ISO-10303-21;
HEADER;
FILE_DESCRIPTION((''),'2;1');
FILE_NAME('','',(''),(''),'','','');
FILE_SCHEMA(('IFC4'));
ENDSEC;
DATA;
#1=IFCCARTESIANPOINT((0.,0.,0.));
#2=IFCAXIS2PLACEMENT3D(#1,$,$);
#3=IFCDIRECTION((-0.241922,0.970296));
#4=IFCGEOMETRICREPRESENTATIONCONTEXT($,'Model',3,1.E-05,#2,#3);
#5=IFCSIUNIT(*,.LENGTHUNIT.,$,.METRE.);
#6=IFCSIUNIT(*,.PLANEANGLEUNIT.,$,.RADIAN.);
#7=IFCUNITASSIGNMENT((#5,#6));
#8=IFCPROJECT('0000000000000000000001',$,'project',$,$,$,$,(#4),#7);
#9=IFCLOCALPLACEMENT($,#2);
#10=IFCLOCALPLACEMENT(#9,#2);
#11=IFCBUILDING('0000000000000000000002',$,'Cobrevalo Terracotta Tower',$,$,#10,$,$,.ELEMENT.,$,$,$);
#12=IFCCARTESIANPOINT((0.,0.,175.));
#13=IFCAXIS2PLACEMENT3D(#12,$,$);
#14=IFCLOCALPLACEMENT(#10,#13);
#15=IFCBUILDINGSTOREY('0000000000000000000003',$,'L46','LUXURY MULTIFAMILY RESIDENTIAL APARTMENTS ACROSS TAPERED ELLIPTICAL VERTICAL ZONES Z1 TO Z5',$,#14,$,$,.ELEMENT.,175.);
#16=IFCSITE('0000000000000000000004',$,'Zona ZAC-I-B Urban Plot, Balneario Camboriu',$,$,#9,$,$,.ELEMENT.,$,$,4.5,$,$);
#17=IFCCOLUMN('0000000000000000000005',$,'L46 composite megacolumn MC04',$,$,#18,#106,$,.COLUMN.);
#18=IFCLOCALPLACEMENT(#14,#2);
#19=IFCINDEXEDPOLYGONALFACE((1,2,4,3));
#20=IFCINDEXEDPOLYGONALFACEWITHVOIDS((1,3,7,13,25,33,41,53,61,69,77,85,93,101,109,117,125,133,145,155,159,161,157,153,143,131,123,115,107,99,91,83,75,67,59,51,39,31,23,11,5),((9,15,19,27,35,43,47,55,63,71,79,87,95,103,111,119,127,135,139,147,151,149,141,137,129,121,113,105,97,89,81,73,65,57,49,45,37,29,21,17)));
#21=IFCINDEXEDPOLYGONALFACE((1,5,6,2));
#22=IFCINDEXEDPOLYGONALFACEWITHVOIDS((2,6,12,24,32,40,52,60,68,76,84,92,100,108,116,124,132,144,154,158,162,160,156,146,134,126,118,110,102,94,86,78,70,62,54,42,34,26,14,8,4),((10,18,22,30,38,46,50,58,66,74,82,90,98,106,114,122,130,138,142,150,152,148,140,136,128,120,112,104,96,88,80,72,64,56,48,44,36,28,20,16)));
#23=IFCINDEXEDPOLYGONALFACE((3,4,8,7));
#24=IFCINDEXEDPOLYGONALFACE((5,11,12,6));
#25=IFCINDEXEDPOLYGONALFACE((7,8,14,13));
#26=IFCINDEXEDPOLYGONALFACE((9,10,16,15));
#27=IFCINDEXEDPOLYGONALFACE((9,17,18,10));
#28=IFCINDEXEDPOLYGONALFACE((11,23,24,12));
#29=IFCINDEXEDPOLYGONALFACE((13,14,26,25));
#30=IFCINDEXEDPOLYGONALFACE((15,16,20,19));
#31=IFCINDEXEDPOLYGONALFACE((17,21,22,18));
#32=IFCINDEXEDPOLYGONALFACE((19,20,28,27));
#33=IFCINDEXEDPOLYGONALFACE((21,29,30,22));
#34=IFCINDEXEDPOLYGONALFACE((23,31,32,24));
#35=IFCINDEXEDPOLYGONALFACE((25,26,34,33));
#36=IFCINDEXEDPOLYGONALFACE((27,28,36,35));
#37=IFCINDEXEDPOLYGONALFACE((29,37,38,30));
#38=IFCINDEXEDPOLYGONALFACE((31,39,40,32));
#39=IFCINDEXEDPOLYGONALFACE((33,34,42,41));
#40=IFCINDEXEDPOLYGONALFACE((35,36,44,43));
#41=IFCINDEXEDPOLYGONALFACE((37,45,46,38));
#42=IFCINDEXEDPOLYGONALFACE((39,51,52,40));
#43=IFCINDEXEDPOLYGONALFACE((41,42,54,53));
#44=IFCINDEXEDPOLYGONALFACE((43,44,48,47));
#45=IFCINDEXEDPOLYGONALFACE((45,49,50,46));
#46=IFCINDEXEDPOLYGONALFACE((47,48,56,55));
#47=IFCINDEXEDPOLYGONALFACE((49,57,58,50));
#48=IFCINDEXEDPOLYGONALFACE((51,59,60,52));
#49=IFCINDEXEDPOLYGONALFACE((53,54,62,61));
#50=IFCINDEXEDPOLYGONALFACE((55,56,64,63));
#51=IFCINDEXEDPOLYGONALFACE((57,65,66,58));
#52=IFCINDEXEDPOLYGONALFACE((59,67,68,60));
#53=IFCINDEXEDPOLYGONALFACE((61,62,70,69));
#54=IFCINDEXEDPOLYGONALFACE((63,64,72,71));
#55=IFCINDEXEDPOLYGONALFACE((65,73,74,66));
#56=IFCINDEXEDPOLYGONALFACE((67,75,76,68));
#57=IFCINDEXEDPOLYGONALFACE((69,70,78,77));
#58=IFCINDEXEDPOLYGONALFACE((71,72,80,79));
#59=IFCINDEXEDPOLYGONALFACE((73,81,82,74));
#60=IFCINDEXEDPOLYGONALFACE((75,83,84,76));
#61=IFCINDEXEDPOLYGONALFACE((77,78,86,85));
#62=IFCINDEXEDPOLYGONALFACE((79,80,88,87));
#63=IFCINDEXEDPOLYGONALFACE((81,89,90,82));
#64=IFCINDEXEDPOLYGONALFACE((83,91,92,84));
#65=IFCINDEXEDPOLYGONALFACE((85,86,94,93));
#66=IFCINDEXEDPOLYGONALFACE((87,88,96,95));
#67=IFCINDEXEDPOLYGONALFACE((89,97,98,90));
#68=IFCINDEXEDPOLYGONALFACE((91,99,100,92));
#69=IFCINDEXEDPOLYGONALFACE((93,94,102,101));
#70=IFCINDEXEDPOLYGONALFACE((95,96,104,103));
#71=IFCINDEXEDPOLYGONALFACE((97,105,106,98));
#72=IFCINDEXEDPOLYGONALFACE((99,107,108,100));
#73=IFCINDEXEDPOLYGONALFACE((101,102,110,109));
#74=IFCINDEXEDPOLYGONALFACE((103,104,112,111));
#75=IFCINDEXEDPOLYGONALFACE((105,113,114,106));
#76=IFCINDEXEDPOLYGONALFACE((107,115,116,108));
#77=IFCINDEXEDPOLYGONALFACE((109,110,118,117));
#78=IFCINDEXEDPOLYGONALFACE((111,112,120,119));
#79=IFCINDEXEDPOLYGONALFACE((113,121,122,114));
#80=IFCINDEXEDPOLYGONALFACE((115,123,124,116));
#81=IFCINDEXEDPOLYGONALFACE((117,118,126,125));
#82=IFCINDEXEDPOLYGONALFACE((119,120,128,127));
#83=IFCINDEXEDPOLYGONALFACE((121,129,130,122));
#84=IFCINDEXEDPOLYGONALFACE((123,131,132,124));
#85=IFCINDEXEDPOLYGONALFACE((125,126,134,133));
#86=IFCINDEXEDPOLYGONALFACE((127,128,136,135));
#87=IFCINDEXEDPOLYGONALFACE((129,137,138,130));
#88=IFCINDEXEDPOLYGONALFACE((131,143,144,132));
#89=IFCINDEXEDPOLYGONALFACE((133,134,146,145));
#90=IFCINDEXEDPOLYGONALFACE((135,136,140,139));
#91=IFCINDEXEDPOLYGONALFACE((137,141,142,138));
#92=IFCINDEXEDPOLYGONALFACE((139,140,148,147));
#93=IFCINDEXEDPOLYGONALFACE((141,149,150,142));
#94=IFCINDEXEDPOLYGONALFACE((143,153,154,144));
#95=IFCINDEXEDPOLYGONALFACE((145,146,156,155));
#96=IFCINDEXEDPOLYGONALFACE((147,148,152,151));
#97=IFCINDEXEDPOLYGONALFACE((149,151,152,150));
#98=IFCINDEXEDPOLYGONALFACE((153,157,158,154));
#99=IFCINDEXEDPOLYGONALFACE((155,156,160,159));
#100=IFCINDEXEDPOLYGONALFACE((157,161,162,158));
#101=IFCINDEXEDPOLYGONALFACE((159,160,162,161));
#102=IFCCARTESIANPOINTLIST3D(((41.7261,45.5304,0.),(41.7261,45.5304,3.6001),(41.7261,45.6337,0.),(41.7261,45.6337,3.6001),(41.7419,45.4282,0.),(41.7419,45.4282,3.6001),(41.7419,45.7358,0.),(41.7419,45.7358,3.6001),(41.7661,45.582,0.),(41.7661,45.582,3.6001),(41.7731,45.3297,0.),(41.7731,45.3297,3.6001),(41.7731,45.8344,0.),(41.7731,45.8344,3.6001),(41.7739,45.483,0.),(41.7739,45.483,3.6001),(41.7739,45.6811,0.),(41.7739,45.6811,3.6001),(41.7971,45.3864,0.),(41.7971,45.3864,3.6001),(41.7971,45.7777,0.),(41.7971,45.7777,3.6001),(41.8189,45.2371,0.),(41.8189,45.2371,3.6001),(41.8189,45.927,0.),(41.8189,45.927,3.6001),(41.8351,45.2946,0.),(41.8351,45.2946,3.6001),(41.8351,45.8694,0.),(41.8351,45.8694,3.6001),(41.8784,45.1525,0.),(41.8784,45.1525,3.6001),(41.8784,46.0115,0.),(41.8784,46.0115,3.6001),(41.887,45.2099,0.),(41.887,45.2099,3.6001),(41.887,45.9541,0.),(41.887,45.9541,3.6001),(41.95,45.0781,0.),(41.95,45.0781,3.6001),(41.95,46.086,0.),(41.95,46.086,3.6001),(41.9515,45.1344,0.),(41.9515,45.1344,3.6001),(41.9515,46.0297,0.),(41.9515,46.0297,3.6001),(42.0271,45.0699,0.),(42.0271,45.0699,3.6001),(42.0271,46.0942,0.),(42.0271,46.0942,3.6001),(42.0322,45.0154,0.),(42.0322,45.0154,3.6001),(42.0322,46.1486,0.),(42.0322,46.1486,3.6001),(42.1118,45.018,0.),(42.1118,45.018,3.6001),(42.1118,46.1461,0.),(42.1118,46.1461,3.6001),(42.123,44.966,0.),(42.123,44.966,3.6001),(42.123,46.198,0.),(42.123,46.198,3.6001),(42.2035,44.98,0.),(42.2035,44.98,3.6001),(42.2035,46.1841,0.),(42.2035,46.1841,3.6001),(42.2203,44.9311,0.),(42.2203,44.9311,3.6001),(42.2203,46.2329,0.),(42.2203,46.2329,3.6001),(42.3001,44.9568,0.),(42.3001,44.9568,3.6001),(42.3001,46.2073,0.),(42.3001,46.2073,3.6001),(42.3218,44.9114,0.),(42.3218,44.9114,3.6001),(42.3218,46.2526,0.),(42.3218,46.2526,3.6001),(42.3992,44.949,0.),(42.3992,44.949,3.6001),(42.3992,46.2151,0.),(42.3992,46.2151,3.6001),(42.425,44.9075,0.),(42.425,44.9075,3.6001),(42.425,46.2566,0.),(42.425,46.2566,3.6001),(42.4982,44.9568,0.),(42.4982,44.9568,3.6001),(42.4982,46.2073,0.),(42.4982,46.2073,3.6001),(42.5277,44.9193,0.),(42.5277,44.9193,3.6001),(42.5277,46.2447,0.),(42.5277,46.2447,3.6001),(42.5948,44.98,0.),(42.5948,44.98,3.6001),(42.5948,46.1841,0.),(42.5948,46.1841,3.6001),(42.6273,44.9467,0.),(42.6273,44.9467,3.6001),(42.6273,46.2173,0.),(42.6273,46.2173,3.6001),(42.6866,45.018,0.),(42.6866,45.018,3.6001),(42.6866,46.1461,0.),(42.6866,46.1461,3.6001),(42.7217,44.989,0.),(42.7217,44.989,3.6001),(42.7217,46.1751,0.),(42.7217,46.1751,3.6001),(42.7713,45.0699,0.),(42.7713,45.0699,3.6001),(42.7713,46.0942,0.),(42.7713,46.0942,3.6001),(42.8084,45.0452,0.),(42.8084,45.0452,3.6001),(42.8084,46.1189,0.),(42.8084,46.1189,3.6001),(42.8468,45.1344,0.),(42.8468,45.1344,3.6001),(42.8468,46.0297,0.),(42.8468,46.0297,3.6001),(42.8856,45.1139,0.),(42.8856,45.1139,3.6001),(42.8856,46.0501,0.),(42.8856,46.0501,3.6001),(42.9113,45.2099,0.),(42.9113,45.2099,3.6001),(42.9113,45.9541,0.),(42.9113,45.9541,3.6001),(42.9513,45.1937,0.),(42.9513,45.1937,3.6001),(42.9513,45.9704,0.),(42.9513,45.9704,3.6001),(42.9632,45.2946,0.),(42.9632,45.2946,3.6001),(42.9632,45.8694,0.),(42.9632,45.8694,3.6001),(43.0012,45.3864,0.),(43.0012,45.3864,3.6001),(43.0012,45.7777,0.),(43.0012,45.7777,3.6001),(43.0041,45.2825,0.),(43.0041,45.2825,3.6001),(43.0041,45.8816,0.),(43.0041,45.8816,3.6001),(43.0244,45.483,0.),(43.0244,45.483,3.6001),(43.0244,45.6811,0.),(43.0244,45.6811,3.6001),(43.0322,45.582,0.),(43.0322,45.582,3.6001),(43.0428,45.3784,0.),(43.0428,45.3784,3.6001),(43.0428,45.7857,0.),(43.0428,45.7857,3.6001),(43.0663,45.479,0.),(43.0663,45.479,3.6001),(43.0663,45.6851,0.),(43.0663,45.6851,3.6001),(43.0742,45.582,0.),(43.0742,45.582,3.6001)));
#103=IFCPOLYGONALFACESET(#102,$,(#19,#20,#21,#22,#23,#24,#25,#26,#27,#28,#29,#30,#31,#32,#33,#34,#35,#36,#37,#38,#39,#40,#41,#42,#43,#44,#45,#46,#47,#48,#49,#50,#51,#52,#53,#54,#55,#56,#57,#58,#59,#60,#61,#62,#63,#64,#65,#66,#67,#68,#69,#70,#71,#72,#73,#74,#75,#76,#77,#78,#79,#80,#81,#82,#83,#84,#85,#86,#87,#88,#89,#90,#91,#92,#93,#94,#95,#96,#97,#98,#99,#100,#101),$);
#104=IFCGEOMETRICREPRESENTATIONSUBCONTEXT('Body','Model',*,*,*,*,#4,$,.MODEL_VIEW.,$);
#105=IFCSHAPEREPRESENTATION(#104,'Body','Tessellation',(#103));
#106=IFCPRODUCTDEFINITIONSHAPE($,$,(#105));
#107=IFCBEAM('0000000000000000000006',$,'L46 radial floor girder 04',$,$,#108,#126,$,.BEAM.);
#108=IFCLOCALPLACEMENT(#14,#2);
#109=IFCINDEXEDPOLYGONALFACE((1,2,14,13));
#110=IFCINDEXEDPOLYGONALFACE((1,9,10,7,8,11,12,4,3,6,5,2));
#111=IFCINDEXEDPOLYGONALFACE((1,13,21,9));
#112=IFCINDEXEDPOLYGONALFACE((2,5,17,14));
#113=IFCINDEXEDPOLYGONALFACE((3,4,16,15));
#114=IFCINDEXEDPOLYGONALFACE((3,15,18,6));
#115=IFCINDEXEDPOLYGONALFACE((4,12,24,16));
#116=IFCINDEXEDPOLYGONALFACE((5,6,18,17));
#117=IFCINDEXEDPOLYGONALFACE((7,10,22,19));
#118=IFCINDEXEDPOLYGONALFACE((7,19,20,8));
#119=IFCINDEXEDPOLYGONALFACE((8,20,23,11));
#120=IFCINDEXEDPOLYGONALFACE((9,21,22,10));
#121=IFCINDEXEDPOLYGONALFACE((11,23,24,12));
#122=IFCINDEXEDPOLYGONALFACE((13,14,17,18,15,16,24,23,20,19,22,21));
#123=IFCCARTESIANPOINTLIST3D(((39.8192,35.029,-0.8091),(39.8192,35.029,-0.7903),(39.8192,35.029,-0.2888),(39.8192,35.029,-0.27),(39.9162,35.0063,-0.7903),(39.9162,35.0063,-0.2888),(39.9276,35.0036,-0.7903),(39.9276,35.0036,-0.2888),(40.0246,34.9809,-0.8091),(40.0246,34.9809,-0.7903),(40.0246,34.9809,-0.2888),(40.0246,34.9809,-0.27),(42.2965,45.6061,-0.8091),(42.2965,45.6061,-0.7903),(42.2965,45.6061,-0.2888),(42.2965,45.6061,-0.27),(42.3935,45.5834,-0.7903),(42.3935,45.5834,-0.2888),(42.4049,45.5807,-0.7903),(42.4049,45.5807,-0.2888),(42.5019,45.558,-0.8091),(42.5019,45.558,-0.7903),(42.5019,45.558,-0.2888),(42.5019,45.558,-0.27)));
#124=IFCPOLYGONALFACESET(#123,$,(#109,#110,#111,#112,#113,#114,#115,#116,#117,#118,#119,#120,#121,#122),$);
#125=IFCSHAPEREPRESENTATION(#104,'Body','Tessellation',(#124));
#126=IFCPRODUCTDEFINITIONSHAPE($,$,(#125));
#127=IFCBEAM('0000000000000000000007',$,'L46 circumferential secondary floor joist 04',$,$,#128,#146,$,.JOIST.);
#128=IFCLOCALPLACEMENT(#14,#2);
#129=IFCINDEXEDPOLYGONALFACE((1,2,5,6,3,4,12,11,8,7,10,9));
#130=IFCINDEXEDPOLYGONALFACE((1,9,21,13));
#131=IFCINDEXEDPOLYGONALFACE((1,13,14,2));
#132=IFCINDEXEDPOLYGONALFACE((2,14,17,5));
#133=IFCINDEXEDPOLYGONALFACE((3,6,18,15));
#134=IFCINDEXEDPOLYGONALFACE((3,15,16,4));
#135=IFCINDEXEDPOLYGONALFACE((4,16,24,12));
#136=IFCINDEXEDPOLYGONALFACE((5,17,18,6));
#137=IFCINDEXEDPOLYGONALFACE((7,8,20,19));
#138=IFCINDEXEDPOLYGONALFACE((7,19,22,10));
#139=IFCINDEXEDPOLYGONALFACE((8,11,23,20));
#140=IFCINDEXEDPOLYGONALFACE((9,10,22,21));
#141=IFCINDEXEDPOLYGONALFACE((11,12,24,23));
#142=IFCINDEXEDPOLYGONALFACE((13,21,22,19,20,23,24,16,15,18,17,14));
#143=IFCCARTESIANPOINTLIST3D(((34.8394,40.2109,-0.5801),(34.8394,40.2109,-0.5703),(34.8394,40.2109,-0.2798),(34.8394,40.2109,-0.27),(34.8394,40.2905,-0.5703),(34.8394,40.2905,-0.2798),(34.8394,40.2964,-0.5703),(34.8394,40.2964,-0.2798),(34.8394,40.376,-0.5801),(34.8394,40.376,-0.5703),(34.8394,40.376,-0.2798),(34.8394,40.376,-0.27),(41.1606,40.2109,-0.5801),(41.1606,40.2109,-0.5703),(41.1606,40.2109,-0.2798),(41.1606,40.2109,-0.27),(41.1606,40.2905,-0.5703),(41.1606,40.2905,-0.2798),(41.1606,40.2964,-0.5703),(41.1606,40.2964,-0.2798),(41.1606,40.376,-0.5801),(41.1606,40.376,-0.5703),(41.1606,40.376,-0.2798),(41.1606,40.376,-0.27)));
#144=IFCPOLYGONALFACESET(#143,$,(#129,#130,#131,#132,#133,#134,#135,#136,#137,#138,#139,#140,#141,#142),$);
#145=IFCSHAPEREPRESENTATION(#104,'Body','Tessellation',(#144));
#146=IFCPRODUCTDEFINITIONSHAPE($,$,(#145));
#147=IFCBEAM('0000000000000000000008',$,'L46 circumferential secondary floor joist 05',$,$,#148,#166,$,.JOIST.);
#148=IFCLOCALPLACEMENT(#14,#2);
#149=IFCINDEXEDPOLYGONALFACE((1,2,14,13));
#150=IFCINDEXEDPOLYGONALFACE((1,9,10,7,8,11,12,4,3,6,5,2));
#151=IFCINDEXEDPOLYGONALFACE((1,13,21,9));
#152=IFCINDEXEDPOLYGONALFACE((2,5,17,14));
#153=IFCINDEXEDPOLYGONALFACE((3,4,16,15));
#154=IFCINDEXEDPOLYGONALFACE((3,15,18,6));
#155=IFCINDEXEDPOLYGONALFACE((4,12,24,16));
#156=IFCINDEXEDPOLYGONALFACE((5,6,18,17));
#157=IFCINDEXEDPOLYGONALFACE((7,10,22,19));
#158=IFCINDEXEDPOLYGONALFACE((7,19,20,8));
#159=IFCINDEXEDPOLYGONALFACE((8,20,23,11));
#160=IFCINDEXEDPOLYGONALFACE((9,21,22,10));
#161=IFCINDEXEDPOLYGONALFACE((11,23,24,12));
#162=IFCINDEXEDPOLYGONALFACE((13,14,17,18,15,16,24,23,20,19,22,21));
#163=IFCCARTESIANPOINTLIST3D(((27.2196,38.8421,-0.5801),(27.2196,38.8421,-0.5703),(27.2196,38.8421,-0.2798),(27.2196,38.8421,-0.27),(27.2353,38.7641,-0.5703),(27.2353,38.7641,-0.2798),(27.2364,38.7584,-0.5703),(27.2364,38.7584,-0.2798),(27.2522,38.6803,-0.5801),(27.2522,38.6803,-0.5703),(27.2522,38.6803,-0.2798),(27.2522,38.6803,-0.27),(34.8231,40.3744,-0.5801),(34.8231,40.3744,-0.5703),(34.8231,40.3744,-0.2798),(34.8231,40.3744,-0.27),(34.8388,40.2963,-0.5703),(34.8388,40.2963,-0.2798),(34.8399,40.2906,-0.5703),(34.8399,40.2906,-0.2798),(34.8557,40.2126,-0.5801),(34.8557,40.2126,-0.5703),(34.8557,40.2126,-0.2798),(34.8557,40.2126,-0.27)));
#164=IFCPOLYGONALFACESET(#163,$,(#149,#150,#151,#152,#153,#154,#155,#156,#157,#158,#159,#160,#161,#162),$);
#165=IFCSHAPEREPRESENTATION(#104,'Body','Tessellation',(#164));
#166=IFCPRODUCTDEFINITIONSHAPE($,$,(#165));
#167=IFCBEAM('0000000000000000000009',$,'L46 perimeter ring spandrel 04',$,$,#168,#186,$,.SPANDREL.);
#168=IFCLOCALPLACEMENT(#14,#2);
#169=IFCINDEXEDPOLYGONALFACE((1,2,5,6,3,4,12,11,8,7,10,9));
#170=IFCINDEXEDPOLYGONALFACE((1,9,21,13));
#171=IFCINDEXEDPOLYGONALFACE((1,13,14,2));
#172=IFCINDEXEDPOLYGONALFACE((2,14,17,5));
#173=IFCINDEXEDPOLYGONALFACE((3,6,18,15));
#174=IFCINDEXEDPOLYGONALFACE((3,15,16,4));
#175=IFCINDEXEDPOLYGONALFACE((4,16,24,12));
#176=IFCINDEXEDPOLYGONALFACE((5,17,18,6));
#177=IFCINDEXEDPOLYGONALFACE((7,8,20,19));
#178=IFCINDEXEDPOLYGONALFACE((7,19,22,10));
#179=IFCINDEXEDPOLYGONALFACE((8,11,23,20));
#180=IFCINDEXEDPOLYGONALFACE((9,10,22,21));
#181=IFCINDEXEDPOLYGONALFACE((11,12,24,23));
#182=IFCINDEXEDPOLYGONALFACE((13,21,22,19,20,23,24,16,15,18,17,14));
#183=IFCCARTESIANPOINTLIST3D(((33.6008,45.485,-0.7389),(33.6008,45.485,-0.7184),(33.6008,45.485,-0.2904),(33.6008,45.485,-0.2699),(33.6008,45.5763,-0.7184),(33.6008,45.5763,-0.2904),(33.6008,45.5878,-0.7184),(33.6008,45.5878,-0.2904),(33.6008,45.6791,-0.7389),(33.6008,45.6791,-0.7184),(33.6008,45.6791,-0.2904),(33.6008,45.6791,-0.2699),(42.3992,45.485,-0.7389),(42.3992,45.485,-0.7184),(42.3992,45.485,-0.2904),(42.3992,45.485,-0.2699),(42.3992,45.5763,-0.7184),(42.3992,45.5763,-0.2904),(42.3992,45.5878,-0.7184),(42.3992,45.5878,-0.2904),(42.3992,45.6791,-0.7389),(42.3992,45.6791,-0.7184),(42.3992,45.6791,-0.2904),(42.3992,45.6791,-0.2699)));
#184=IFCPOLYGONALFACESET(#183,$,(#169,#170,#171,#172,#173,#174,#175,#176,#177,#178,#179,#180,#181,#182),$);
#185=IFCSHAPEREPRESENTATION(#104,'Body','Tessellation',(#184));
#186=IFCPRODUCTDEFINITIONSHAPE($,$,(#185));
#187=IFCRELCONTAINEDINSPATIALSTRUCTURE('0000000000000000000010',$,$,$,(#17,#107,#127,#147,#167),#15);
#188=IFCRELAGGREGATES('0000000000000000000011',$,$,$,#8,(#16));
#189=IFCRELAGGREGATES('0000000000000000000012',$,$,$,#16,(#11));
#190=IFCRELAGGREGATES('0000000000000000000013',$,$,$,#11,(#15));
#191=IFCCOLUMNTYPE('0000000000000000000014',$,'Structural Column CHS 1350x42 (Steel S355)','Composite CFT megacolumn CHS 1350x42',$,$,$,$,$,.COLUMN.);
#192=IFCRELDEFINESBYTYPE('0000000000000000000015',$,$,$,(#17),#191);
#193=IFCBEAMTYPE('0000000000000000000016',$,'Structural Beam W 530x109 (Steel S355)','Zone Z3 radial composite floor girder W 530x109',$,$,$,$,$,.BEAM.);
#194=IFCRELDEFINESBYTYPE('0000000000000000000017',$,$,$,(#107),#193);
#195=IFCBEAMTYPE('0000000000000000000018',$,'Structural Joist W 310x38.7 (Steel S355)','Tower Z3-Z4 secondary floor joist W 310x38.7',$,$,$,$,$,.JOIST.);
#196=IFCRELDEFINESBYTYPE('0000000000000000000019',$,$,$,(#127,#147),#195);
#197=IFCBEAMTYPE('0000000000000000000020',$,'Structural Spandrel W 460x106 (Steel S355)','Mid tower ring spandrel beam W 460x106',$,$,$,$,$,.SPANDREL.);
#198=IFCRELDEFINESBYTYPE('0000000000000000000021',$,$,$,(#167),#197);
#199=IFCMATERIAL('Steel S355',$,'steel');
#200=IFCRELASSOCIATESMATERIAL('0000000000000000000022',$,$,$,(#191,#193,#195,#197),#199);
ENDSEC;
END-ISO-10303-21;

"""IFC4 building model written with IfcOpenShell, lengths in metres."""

from ifc_helpers import new_model, si_unit, direction, frame, origin, origin_2d, place, context, subcontext, project, spatial, hollow_circle, i_section, extrude, material, material_profile, profile_set, type_object, element, save


model = new_model("IFC4")

# Units and contexts
model_context = context("Model", 3, precision=1e-05, world=origin(), true_north=direction((-0.241922, 0.970296)))
body_context = subcontext(model_context, "Body", "Model", "MODEL_VIEW")
ifc_project = project(units=[si_unit("LENGTHUNIT", "METRE"), si_unit("PLANEANGLEUNIT", "RADIAN")], contexts=[model_context])

# Site, building, storey
site_placement = place(None, origin())
site = spatial("IfcSite", under=ifc_project, at=site_placement, Name="Zona ZAC-I-B Urban Plot, Balneario Camboriu", CompositionType="ELEMENT", RefElevation=4.5)
building_placement = place(site_placement, origin())
building = spatial("IfcBuilding", under=site, at=building_placement, Name="Cobrevalo Terracotta Tower", CompositionType="ELEMENT")
storey_placement = place(building_placement, frame((0.0, 0.0, 175.0)))
storey = spatial("IfcBuildingStorey", under=building, at=storey_placement, Name="L46", Description="LUXURY MULTIFAMILY RESIDENTIAL APARTMENTS ACROSS TAPERED ELLIPTICAL VERTICAL ZONES Z1 TO Z5", CompositionType="ELEMENT", Elevation=175.0)

# Column
ifc_material_1 = material(Name="Steel S355", Category="steel")
ifc_material_profile_1 = material_profile(ifc_material_1, hollow_circle(Radius=0.675, WallThickness=0.042, at=origin_2d()), Name="CHS 1350x42")
ifc_profile_set_1 = profile_set([ifc_material_profile_1], Name="Steel S355")
column_type = type_object("IfcColumnType", Name="Structural Column CHS 1350x42 (Steel S355)", Description="Composite CFT megacolumn CHS 1350x42", PredefinedType="COLUMN", material=ifc_profile_set_1)
column_placement = place(storey_placement, frame((42.3992, 45.582, 0.0), z_axis=(0.0, 0.0, 1.0), x_axis=(1.0, 0.0, 0.0)))
element("IfcColumn", 1, at=column_placement, inside=storey, type_object=column_type, Name="L46 composite megacolumn MC04", PredefinedType="COLUMN", context=body_context, shape_type="SweptSolid", body=[
    extrude(hollow_circle(Radius=0.675, WallThickness=0.042, at=origin_2d()), origin(), (0.0, 0.0, 1.0), 3.6001),
])

# Beams
ifc_material_profile_2 = material_profile(ifc_material_1, i_section(OverallWidth=0.2109, OverallDepth=0.5391, WebThickness=0.0117, FlangeThickness=0.0188, at=origin_2d()), Name="W 530x109")
ifc_profile_set_2 = profile_set([ifc_material_profile_2], Name="Steel S355")
beam_type_1 = type_object("IfcBeamType", Name="Structural Beam W 530x109 (Steel S355)", Description="Zone Z3 radial composite floor girder W 530x109", PredefinedType="BEAM", material=ifc_profile_set_2)
beam_1_placement = place(storey_placement, frame((42.3992, 45.582, -0.5396), z_axis=(-0.228041, -0.973652, 0.0), x_axis=(0.973652, -0.228041, 0.0)))
element("IfcBeam", 2, at=beam_1_placement, inside=storey, type_object=beam_type_1, Name="L46 radial floor girder 04", PredefinedType="BEAM", context=body_context, shape_type="SweptSolid", body=[
    extrude(i_section(OverallWidth=0.2109, OverallDepth=0.5391, WebThickness=0.0117, FlangeThickness=0.0188, at=origin_2d()), origin(), (0.0, 0.0, 1.0), 10.8633),
])
ifc_material_profile_3 = material_profile(ifc_material_1, i_section(OverallWidth=0.165, OverallDepth=0.3101, WebThickness=0.0059, FlangeThickness=0.0098, at=origin_2d()), Name="W 310x38.7")
ifc_profile_set_3 = profile_set([ifc_material_profile_3], Name="Steel S355")
beam_type_2 = type_object("IfcBeamType", Name="Structural Joist W 310x38.7 (Steel S355)", Description="Tower Z3-Z4 secondary floor joist W 310x38.7", PredefinedType="JOIST", material=ifc_profile_set_3)
beam_2_placement = place(storey_placement, frame((41.1606, 40.2935, -0.425), z_axis=(-1.0, 0.0, 0.0), x_axis=(0.0, -1.0, 0.0)))
element("IfcBeam", 3, at=beam_2_placement, inside=storey, type_object=beam_type_2, Name="L46 circumferential secondary floor joist 04", PredefinedType="JOIST", context=body_context, shape_type="SweptSolid", body=[
    extrude(i_section(OverallWidth=0.165, OverallDepth=0.3101, WebThickness=0.0059, FlangeThickness=0.0098, at=origin_2d()), origin(), (0.0, 0.0, 1.0), 6.3213),
])
beam_3_placement = place(storey_placement, frame((34.8394, 40.2935, -0.425), z_axis=(-0.980294, -0.197544, 0.0), x_axis=(0.197544, -0.980294, 0.0)))
element("IfcBeam", 4, at=beam_3_placement, inside=storey, type_object=beam_type_2, Name="L46 circumferential secondary floor joist 05", PredefinedType="JOIST", context=body_context, shape_type="SweptSolid", body=[
    extrude(i_section(OverallWidth=0.165, OverallDepth=0.3101, WebThickness=0.0059, FlangeThickness=0.0098, at=origin_2d()), origin(), (0.0, 0.0, 1.0), 7.7563),
])
ifc_material_profile_4 = material_profile(ifc_material_1, i_section(OverallWidth=0.1941, OverallDepth=0.469, WebThickness=0.0115, FlangeThickness=0.0205, at=origin_2d()), Name="W 460x106")
ifc_profile_set_4 = profile_set([ifc_material_profile_4], Name="Steel S355")
beam_type_3 = type_object("IfcBeamType", Name="Structural Spandrel W 460x106 (Steel S355)", Description="Mid tower ring spandrel beam W 460x106", PredefinedType="SPANDREL", material=ifc_profile_set_4)
beam_4_placement = place(storey_placement, frame((42.3992, 45.582, -0.5044), z_axis=(-1.0, 0.0, 0.0), x_axis=(0.0, -1.0, 0.0)))
element("IfcBeam", 5, at=beam_4_placement, inside=storey, type_object=beam_type_3, Name="L46 perimeter ring spandrel 04", PredefinedType="SPANDREL", context=body_context, shape_type="SweptSolid", body=[
    extrude(i_section(OverallWidth=0.1941, OverallDepth=0.469, WebThickness=0.0115, FlangeThickness=0.0205, at=origin_2d()), origin(), (0.0, 0.0, 1.0), 8.7983),
])

save(model, "model.ifc")
